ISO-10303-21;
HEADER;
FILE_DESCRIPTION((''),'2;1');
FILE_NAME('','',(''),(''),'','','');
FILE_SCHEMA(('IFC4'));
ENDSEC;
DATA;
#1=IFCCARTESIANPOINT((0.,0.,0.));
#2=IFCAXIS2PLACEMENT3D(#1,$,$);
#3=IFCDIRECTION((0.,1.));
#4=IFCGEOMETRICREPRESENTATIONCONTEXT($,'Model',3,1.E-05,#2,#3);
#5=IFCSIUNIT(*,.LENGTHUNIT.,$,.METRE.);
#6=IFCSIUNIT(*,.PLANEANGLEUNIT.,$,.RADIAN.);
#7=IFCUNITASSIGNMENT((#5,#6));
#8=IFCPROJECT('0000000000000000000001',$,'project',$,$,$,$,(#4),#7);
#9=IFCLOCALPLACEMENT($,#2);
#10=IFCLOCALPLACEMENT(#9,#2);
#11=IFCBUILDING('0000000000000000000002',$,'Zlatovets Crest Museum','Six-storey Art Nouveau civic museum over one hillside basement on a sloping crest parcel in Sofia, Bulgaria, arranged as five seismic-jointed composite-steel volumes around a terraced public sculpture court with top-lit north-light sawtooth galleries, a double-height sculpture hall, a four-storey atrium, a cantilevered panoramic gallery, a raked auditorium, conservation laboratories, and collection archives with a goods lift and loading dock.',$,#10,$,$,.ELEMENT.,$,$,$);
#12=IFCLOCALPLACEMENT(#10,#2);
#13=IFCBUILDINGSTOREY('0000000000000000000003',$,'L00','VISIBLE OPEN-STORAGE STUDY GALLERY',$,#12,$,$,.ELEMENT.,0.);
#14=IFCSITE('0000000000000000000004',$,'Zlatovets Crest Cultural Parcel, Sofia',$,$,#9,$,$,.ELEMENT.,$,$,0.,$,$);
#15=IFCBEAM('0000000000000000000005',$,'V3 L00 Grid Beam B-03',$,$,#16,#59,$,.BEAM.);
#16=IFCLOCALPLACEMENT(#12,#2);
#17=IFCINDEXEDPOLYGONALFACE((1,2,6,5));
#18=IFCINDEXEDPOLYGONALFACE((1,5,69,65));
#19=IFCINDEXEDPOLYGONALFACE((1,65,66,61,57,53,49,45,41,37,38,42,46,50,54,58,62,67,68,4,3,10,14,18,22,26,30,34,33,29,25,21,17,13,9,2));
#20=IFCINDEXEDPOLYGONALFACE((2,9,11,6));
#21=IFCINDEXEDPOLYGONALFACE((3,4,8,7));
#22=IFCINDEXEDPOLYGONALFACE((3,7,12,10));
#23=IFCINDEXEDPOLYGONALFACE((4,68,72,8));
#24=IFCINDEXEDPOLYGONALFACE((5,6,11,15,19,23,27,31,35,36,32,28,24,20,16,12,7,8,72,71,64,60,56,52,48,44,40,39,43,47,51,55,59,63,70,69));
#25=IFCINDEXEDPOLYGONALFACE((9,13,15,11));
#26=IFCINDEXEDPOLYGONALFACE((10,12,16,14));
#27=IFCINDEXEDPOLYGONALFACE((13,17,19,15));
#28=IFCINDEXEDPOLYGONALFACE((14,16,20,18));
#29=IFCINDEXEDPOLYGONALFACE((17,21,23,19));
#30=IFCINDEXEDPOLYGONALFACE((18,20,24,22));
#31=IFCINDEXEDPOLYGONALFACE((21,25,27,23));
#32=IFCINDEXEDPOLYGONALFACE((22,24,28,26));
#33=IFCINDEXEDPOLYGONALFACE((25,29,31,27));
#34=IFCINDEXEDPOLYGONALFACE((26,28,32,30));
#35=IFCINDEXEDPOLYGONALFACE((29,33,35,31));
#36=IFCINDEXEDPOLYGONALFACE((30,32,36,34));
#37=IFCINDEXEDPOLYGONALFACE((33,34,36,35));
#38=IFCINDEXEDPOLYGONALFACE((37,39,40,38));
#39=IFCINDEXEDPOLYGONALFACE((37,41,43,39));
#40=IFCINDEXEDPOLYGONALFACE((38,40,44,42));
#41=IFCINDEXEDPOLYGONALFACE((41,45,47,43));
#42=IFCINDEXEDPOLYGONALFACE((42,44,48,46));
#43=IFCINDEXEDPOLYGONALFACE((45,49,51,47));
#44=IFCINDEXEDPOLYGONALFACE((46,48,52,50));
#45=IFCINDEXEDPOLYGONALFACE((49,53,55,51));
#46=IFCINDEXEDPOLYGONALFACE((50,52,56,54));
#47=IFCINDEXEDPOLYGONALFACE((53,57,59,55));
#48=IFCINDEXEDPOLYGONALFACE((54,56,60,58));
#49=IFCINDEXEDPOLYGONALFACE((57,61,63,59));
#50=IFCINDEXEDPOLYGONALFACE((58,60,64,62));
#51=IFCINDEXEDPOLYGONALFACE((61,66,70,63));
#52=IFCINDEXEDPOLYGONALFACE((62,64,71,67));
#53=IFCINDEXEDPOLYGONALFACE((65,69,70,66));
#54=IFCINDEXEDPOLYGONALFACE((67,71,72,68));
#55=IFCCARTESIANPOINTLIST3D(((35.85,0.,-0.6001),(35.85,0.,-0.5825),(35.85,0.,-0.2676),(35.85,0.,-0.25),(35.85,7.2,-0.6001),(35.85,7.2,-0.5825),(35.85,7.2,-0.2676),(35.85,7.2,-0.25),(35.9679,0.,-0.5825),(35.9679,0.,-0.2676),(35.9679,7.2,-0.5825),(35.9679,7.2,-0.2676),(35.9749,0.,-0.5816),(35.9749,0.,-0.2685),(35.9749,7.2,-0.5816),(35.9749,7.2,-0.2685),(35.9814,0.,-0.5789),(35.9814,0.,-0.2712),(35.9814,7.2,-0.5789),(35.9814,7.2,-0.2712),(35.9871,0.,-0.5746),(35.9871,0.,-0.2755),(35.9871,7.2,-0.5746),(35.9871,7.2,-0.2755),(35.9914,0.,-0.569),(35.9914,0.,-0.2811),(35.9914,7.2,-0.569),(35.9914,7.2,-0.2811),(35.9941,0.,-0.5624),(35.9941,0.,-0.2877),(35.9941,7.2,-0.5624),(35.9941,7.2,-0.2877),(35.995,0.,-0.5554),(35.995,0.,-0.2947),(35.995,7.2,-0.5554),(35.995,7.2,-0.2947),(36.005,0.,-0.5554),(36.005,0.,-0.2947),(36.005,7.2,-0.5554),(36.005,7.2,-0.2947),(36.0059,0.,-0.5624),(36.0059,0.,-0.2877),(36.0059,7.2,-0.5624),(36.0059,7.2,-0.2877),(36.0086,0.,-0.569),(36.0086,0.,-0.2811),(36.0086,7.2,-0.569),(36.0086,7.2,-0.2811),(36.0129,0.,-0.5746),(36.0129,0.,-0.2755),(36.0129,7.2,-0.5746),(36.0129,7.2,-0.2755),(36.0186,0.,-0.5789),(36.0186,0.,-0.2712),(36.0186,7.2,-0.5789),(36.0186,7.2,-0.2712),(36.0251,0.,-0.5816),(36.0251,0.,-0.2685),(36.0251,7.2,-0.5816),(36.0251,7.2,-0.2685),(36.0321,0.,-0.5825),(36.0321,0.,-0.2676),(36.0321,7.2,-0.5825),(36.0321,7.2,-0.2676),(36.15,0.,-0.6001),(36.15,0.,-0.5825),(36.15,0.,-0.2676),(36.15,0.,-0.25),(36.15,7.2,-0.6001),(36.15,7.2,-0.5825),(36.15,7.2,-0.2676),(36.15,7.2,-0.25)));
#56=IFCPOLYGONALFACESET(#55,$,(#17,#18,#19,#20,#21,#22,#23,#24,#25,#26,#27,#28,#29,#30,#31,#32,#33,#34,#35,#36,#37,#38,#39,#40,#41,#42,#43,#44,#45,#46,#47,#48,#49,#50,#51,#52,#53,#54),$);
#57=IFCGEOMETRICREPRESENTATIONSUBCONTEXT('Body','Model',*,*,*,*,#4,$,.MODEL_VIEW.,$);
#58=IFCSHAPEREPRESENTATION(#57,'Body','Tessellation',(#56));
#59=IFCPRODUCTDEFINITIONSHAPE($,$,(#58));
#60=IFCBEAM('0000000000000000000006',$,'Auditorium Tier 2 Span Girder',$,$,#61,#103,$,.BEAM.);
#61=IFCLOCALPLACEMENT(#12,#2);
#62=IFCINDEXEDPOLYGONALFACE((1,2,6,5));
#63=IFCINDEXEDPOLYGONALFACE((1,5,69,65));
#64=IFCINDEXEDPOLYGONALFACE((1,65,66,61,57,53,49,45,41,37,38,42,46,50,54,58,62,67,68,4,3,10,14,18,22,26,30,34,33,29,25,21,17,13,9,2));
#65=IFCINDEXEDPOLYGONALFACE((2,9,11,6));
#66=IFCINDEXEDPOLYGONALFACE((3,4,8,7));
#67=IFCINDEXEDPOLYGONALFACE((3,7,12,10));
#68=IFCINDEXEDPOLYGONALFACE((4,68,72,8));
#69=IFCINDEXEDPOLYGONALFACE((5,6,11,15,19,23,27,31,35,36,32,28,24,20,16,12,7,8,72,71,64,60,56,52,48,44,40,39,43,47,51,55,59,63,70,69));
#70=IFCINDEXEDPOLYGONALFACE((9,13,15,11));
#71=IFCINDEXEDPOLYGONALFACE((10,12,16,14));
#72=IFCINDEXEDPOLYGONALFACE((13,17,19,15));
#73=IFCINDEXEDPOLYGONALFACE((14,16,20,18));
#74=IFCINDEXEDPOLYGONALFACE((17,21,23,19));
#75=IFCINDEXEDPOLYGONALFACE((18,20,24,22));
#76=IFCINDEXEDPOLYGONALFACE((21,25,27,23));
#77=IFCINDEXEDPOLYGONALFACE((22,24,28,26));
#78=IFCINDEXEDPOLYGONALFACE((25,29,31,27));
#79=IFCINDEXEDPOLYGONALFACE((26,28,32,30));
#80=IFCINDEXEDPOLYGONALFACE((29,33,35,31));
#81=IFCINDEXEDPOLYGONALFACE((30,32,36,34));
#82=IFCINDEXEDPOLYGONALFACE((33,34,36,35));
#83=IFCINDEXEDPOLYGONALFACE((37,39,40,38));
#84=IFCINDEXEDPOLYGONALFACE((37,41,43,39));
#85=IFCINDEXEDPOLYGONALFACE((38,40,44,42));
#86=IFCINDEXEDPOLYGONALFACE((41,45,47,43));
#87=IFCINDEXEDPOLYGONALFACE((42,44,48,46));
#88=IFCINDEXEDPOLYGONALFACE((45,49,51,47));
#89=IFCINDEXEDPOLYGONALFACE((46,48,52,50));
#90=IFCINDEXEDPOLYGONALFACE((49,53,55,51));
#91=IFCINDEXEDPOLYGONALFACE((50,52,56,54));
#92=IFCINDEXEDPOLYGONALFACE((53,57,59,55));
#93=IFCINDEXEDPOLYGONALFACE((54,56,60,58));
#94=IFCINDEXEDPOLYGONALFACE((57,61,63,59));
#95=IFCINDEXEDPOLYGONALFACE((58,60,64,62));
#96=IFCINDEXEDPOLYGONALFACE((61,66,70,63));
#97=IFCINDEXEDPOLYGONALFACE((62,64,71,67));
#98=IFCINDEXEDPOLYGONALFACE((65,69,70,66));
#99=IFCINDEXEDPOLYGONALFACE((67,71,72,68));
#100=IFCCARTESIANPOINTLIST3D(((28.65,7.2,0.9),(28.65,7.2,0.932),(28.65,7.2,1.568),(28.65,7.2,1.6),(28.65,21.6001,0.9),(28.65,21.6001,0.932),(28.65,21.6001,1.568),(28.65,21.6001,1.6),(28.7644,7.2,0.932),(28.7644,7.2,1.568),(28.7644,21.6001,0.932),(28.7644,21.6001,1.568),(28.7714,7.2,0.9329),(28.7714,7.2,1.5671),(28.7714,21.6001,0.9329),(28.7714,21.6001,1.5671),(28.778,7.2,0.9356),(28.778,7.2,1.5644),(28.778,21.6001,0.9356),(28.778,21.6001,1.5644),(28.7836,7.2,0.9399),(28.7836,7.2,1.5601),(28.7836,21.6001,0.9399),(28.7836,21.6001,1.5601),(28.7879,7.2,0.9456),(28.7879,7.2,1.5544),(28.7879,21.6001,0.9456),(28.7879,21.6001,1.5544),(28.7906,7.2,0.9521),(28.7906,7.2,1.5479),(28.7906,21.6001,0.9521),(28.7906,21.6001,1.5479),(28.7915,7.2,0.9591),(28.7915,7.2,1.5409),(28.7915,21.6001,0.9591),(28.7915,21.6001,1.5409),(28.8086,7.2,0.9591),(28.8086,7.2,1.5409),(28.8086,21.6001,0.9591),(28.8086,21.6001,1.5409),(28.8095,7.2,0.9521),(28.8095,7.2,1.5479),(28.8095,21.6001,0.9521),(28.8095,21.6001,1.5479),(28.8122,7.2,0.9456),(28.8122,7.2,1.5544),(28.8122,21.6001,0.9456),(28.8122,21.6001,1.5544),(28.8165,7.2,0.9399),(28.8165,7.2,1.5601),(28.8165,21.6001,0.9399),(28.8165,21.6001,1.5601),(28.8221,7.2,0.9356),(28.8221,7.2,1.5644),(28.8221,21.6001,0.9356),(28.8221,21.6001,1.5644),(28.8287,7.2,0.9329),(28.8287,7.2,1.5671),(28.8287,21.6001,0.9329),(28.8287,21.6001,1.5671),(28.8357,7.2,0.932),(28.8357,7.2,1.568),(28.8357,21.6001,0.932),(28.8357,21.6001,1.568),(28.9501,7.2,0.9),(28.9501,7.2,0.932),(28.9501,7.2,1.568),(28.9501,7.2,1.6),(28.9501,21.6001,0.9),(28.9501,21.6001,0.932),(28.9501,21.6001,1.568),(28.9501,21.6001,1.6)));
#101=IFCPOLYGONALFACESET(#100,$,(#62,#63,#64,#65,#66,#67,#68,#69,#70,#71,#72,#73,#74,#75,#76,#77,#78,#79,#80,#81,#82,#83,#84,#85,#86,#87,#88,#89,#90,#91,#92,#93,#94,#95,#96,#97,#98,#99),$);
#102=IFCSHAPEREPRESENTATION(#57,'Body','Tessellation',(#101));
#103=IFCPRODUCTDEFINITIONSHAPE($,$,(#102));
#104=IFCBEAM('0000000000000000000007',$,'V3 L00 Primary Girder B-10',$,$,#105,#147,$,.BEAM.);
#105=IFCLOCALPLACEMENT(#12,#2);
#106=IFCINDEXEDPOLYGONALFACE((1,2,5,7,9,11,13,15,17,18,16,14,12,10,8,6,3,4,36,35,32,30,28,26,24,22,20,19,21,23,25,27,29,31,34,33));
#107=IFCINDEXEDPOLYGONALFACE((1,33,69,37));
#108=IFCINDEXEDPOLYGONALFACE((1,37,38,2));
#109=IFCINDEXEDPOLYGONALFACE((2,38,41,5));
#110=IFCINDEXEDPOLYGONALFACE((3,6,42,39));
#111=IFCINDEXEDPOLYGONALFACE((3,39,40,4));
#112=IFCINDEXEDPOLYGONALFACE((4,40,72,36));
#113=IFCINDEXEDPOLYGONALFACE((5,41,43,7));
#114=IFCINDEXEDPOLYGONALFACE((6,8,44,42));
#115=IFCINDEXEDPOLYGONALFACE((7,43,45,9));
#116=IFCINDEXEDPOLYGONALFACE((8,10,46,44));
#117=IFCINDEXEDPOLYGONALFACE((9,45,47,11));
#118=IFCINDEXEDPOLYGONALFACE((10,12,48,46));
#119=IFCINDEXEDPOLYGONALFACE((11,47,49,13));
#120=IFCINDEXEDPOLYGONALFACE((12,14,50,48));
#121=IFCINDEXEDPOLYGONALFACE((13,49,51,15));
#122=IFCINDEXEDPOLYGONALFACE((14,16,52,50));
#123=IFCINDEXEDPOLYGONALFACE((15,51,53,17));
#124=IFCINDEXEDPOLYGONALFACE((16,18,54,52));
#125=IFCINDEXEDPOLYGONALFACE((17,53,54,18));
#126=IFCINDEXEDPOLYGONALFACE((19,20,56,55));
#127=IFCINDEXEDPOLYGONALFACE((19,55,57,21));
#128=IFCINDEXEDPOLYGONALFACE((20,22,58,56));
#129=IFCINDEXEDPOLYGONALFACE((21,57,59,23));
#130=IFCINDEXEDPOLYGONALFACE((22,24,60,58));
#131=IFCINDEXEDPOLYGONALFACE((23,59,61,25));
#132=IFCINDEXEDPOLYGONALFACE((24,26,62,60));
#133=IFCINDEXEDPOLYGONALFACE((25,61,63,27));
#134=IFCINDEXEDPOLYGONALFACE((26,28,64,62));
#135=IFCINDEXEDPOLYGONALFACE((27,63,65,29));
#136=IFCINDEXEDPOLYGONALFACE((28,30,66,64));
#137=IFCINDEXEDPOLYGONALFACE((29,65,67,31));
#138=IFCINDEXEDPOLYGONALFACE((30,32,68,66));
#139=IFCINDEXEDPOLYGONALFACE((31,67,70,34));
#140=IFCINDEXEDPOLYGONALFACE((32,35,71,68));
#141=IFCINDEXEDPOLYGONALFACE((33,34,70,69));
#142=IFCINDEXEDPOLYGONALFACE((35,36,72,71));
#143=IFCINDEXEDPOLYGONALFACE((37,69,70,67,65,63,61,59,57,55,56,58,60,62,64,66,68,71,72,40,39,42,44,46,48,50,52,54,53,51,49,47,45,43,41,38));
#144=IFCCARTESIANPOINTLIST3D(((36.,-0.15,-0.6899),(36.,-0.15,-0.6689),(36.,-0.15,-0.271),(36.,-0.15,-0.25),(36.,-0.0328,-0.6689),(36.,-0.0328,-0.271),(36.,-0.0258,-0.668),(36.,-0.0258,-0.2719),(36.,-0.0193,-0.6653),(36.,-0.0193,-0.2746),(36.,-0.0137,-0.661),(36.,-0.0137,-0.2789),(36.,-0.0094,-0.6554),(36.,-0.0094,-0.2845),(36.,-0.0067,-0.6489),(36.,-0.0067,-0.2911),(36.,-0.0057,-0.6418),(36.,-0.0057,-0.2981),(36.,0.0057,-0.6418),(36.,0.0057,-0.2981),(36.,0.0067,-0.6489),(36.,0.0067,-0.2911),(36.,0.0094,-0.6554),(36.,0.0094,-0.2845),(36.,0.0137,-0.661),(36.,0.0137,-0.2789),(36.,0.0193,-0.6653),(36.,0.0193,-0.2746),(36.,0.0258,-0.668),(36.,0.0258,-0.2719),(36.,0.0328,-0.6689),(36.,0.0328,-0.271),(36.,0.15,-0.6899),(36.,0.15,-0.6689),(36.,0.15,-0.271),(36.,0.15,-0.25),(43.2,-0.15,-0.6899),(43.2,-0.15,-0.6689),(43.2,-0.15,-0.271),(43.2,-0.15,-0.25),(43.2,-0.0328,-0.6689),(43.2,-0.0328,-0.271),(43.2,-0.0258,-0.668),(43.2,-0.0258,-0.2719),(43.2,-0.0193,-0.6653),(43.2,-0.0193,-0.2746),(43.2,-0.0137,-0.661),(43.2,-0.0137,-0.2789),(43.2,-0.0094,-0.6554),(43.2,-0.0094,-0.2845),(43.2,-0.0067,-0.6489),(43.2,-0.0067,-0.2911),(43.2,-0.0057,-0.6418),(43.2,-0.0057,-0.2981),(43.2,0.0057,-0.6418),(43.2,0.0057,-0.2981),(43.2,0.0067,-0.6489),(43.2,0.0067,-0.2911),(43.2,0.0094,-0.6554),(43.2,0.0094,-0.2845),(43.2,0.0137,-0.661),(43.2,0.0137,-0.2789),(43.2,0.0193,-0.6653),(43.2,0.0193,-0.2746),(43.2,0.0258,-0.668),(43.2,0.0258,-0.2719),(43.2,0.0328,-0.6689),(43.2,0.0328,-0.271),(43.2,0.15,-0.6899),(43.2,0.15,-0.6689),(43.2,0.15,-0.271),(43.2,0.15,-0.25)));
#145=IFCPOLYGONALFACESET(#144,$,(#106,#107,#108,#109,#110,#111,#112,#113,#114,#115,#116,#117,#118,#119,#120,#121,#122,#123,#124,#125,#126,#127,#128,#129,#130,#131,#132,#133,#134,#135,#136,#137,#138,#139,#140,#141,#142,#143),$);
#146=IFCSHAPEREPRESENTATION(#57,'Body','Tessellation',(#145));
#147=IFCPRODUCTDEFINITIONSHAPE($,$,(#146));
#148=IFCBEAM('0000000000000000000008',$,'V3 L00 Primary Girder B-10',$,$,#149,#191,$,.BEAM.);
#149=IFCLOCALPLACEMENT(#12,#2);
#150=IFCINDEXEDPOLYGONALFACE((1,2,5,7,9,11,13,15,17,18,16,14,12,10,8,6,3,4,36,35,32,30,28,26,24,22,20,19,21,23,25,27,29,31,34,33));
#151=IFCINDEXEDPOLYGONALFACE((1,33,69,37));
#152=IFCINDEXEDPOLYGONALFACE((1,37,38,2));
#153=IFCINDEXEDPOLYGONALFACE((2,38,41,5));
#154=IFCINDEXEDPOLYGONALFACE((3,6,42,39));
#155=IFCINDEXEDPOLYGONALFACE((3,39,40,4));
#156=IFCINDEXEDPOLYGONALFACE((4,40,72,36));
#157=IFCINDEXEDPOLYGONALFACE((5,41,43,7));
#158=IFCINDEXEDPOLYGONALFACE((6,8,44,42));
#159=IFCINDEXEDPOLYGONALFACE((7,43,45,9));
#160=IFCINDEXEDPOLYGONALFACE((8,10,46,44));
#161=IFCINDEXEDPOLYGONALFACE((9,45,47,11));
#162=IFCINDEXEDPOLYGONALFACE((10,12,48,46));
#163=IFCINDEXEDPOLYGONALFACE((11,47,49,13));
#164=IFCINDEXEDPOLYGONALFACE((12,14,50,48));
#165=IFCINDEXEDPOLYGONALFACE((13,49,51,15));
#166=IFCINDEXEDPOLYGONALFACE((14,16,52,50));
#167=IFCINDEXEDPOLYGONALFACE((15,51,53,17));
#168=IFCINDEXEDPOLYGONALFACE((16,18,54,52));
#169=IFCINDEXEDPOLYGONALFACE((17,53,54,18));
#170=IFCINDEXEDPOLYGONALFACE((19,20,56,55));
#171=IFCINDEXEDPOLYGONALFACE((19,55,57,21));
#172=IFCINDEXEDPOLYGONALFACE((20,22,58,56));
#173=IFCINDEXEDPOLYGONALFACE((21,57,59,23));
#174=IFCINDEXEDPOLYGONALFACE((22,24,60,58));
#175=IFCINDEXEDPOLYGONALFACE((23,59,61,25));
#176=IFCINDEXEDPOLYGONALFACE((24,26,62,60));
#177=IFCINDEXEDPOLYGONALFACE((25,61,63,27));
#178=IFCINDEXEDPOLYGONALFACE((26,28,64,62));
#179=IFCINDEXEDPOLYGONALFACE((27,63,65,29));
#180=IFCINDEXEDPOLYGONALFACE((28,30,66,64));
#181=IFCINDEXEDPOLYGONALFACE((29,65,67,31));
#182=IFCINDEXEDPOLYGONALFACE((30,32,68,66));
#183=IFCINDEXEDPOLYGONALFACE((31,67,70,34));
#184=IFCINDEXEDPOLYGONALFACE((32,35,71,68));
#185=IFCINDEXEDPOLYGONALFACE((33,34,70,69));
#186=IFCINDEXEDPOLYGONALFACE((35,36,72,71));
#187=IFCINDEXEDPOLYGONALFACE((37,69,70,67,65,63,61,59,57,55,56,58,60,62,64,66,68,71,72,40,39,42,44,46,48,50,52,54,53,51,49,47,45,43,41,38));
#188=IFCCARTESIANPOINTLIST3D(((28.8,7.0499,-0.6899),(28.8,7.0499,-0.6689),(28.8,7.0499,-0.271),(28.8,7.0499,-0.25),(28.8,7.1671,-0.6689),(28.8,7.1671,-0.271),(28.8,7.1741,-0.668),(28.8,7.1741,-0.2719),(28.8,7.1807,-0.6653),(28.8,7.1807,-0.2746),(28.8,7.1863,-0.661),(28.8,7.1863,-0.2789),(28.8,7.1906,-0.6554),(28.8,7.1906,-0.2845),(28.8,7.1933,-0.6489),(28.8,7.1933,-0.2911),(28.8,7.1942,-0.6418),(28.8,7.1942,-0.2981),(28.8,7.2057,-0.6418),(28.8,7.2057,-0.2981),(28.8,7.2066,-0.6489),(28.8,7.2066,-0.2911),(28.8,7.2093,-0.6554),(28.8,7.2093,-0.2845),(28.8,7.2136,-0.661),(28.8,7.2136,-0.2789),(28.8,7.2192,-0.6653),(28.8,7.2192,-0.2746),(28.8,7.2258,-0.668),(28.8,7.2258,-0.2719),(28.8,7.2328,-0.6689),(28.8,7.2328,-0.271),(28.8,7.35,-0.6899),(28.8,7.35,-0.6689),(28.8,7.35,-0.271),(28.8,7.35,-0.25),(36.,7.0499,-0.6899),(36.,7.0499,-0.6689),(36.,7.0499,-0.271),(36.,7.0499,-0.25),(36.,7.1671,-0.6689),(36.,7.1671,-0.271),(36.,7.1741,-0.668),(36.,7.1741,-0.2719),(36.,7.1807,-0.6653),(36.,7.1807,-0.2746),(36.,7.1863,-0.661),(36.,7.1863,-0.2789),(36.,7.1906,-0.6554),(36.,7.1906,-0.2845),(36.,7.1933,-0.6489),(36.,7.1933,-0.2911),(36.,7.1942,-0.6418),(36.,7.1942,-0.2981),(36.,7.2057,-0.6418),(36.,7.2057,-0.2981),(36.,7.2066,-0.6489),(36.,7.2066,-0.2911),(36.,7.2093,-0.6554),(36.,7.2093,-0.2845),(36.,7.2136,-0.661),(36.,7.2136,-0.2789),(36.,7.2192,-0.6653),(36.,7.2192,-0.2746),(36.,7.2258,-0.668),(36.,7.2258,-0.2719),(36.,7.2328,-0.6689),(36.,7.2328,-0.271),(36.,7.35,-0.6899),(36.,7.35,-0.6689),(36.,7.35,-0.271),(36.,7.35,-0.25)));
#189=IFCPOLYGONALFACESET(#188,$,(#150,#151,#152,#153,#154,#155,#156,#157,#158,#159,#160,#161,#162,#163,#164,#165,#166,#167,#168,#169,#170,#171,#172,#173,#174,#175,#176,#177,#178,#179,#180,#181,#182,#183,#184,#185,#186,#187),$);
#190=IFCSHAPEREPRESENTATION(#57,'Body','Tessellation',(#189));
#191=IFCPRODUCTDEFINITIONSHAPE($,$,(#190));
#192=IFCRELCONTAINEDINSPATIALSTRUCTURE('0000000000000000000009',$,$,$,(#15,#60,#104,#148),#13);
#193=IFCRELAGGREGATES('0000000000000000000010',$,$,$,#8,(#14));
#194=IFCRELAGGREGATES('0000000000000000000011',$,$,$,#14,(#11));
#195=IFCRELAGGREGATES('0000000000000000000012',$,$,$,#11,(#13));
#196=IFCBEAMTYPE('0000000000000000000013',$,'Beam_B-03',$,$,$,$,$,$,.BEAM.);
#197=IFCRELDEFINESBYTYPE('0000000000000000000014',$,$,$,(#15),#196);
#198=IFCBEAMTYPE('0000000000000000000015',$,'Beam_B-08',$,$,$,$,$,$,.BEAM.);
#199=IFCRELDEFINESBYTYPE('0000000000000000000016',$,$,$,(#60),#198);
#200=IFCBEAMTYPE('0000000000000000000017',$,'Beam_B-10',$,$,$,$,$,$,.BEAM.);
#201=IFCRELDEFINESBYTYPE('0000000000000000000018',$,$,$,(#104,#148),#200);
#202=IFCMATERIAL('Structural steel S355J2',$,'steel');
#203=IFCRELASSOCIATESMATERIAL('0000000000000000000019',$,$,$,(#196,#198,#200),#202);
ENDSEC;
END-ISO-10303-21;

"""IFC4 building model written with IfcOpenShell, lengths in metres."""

from ifc_helpers import new_model, si_unit, direction, frame, origin, origin_2d, place, context, subcontext, project, spatial, i_section, extrude, material, material_profile, profile_set, type_object, element, save


model = new_model("IFC4")

# Units and contexts
model_context = context("Model", 3, precision=1e-05, world=origin(), true_north=direction((0.0, 1.0)))
body_context = subcontext(model_context, "Body", "Model", "MODEL_VIEW")
ifc_project = project(units=[si_unit("LENGTHUNIT", "METRE"), si_unit("PLANEANGLEUNIT", "RADIAN")], contexts=[model_context])

# Site, building, storey
site_placement = place(None, origin())
site = spatial("IfcSite", under=ifc_project, at=site_placement, Name="Zlatovets Crest Cultural Parcel, Sofia", CompositionType="ELEMENT", RefElevation=0.0)
building_placement = place(site_placement, origin())
building = spatial("IfcBuilding", under=site, at=building_placement, Name="Zlatovets Crest Museum", Description="Six-storey Art Nouveau civic museum over one hillside basement on a sloping crest parcel in Sofia, Bulgaria, arranged as five seismic-jointed composite-steel volumes around a terraced public sculpture court with top-lit north-light sawtooth galleries, a double-height sculpture hall, a four-storey atrium, a cantilevered panoramic gallery, a raked auditorium, conservation laboratories, and collection archives with a goods lift and loading dock.", CompositionType="ELEMENT")
storey_placement = place(building_placement, origin())
storey = spatial("IfcBuildingStorey", under=building, at=storey_placement, Name="L00", Description="VISIBLE OPEN-STORAGE STUDY GALLERY", CompositionType="ELEMENT", Elevation=0.0)

# Shared definitions
ifc_material_1 = material(Name="Structural steel S355J2", Category="steel")

# Beams
ifc_material_profile_1 = material_profile(ifc_material_1, i_section(OverallWidth=0.3, OverallDepth=0.3501, WebThickness=0.01, FlangeThickness=0.0176, FilletRadius=0.0271, at=origin_2d()), Name="HEA 360")
ifc_profile_set_1 = profile_set([ifc_material_profile_1], Name="Structural steel S355J2")
beam_type_1 = type_object("IfcBeamType", Name="Beam_B-03", PredefinedType="BEAM", material=ifc_profile_set_1)
for number, where, z_axis, x_axis, name in (
    (1, (36.0, 0.0, -0.425), (0.0, 1.0, 0.0), (-1.0, 0.0, 0.0), "V3 L00 Grid Beam B-03"),
):
    element("IfcBeam", number, at=place(storey_placement, frame(where, z_axis=z_axis, x_axis=x_axis)), inside=storey, type_object=beam_type_1, Name=name, PredefinedType="BEAM", context=body_context, shape_type="SweptSolid", body=[
        extrude(i_section(OverallWidth=0.3, OverallDepth=0.3501, WebThickness=0.01, FlangeThickness=0.0176, FilletRadius=0.0271, at=origin_2d()), origin(), (0.0, 0.0, 1.0), 7.2),
    ])
ifc_material_profile_2 = material_profile(ifc_material_1, i_section(OverallWidth=0.3, OverallDepth=0.7, WebThickness=0.0171, FlangeThickness=0.032, FilletRadius=0.0271, at=origin_2d()), Name="HEB 700")
ifc_profile_set_2 = profile_set([ifc_material_profile_2], Name="Structural steel S355J2")
beam_type_2 = type_object("IfcBeamType", Name="Beam_B-08", PredefinedType="BEAM", material=ifc_profile_set_2)
beam_placement = place(storey_placement, frame((28.8, 7.2, 1.25), z_axis=(0.0, 1.0, 0.0), x_axis=(-1.0, 0.0, 0.0)))
element("IfcBeam", 2, at=beam_placement, inside=storey, type_object=beam_type_2, Name="Auditorium Tier 2 Span Girder", PredefinedType="BEAM", context=body_context, shape_type="SweptSolid", body=[
    extrude(i_section(OverallWidth=0.3, OverallDepth=0.7, WebThickness=0.0171, FlangeThickness=0.032, FilletRadius=0.0271, at=origin_2d()), origin(), (0.0, 0.0, 1.0), 14.4001),
])
ifc_material_profile_3 = material_profile(ifc_material_1, i_section(OverallWidth=0.3, OverallDepth=0.4399, WebThickness=0.0115, FlangeThickness=0.021, FilletRadius=0.0271, at=origin_2d()), Name="HEA 450")
ifc_profile_set_3 = profile_set([ifc_material_profile_3], Name="Structural steel S355J2")
beam_type_3 = type_object("IfcBeamType", Name="Beam_B-10", PredefinedType="BEAM", material=ifc_profile_set_3)
for number, where, z_axis, x_axis, name in (
    (3, (36.0, 0.0, -0.47), (1.0, 0.0, 0.0), (0.0, 1.0, 0.0), "V3 L00 Primary Girder B-10"),
    (4, (28.8, 7.2, -0.47), (1.0, 0.0, 0.0), (0.0, 1.0, 0.0), "V3 L00 Primary Girder B-10"),
):
    element("IfcBeam", number, at=place(storey_placement, frame(where, z_axis=z_axis, x_axis=x_axis)), inside=storey, type_object=beam_type_3, Name=name, PredefinedType="BEAM", context=body_context, shape_type="SweptSolid", body=[
        extrude(i_section(OverallWidth=0.3, OverallDepth=0.4399, WebThickness=0.0115, FlangeThickness=0.021, FilletRadius=0.0271, at=origin_2d()), origin(), (0.0, 0.0, 1.0), 7.2),
    ])

save(model, "model.ifc")
